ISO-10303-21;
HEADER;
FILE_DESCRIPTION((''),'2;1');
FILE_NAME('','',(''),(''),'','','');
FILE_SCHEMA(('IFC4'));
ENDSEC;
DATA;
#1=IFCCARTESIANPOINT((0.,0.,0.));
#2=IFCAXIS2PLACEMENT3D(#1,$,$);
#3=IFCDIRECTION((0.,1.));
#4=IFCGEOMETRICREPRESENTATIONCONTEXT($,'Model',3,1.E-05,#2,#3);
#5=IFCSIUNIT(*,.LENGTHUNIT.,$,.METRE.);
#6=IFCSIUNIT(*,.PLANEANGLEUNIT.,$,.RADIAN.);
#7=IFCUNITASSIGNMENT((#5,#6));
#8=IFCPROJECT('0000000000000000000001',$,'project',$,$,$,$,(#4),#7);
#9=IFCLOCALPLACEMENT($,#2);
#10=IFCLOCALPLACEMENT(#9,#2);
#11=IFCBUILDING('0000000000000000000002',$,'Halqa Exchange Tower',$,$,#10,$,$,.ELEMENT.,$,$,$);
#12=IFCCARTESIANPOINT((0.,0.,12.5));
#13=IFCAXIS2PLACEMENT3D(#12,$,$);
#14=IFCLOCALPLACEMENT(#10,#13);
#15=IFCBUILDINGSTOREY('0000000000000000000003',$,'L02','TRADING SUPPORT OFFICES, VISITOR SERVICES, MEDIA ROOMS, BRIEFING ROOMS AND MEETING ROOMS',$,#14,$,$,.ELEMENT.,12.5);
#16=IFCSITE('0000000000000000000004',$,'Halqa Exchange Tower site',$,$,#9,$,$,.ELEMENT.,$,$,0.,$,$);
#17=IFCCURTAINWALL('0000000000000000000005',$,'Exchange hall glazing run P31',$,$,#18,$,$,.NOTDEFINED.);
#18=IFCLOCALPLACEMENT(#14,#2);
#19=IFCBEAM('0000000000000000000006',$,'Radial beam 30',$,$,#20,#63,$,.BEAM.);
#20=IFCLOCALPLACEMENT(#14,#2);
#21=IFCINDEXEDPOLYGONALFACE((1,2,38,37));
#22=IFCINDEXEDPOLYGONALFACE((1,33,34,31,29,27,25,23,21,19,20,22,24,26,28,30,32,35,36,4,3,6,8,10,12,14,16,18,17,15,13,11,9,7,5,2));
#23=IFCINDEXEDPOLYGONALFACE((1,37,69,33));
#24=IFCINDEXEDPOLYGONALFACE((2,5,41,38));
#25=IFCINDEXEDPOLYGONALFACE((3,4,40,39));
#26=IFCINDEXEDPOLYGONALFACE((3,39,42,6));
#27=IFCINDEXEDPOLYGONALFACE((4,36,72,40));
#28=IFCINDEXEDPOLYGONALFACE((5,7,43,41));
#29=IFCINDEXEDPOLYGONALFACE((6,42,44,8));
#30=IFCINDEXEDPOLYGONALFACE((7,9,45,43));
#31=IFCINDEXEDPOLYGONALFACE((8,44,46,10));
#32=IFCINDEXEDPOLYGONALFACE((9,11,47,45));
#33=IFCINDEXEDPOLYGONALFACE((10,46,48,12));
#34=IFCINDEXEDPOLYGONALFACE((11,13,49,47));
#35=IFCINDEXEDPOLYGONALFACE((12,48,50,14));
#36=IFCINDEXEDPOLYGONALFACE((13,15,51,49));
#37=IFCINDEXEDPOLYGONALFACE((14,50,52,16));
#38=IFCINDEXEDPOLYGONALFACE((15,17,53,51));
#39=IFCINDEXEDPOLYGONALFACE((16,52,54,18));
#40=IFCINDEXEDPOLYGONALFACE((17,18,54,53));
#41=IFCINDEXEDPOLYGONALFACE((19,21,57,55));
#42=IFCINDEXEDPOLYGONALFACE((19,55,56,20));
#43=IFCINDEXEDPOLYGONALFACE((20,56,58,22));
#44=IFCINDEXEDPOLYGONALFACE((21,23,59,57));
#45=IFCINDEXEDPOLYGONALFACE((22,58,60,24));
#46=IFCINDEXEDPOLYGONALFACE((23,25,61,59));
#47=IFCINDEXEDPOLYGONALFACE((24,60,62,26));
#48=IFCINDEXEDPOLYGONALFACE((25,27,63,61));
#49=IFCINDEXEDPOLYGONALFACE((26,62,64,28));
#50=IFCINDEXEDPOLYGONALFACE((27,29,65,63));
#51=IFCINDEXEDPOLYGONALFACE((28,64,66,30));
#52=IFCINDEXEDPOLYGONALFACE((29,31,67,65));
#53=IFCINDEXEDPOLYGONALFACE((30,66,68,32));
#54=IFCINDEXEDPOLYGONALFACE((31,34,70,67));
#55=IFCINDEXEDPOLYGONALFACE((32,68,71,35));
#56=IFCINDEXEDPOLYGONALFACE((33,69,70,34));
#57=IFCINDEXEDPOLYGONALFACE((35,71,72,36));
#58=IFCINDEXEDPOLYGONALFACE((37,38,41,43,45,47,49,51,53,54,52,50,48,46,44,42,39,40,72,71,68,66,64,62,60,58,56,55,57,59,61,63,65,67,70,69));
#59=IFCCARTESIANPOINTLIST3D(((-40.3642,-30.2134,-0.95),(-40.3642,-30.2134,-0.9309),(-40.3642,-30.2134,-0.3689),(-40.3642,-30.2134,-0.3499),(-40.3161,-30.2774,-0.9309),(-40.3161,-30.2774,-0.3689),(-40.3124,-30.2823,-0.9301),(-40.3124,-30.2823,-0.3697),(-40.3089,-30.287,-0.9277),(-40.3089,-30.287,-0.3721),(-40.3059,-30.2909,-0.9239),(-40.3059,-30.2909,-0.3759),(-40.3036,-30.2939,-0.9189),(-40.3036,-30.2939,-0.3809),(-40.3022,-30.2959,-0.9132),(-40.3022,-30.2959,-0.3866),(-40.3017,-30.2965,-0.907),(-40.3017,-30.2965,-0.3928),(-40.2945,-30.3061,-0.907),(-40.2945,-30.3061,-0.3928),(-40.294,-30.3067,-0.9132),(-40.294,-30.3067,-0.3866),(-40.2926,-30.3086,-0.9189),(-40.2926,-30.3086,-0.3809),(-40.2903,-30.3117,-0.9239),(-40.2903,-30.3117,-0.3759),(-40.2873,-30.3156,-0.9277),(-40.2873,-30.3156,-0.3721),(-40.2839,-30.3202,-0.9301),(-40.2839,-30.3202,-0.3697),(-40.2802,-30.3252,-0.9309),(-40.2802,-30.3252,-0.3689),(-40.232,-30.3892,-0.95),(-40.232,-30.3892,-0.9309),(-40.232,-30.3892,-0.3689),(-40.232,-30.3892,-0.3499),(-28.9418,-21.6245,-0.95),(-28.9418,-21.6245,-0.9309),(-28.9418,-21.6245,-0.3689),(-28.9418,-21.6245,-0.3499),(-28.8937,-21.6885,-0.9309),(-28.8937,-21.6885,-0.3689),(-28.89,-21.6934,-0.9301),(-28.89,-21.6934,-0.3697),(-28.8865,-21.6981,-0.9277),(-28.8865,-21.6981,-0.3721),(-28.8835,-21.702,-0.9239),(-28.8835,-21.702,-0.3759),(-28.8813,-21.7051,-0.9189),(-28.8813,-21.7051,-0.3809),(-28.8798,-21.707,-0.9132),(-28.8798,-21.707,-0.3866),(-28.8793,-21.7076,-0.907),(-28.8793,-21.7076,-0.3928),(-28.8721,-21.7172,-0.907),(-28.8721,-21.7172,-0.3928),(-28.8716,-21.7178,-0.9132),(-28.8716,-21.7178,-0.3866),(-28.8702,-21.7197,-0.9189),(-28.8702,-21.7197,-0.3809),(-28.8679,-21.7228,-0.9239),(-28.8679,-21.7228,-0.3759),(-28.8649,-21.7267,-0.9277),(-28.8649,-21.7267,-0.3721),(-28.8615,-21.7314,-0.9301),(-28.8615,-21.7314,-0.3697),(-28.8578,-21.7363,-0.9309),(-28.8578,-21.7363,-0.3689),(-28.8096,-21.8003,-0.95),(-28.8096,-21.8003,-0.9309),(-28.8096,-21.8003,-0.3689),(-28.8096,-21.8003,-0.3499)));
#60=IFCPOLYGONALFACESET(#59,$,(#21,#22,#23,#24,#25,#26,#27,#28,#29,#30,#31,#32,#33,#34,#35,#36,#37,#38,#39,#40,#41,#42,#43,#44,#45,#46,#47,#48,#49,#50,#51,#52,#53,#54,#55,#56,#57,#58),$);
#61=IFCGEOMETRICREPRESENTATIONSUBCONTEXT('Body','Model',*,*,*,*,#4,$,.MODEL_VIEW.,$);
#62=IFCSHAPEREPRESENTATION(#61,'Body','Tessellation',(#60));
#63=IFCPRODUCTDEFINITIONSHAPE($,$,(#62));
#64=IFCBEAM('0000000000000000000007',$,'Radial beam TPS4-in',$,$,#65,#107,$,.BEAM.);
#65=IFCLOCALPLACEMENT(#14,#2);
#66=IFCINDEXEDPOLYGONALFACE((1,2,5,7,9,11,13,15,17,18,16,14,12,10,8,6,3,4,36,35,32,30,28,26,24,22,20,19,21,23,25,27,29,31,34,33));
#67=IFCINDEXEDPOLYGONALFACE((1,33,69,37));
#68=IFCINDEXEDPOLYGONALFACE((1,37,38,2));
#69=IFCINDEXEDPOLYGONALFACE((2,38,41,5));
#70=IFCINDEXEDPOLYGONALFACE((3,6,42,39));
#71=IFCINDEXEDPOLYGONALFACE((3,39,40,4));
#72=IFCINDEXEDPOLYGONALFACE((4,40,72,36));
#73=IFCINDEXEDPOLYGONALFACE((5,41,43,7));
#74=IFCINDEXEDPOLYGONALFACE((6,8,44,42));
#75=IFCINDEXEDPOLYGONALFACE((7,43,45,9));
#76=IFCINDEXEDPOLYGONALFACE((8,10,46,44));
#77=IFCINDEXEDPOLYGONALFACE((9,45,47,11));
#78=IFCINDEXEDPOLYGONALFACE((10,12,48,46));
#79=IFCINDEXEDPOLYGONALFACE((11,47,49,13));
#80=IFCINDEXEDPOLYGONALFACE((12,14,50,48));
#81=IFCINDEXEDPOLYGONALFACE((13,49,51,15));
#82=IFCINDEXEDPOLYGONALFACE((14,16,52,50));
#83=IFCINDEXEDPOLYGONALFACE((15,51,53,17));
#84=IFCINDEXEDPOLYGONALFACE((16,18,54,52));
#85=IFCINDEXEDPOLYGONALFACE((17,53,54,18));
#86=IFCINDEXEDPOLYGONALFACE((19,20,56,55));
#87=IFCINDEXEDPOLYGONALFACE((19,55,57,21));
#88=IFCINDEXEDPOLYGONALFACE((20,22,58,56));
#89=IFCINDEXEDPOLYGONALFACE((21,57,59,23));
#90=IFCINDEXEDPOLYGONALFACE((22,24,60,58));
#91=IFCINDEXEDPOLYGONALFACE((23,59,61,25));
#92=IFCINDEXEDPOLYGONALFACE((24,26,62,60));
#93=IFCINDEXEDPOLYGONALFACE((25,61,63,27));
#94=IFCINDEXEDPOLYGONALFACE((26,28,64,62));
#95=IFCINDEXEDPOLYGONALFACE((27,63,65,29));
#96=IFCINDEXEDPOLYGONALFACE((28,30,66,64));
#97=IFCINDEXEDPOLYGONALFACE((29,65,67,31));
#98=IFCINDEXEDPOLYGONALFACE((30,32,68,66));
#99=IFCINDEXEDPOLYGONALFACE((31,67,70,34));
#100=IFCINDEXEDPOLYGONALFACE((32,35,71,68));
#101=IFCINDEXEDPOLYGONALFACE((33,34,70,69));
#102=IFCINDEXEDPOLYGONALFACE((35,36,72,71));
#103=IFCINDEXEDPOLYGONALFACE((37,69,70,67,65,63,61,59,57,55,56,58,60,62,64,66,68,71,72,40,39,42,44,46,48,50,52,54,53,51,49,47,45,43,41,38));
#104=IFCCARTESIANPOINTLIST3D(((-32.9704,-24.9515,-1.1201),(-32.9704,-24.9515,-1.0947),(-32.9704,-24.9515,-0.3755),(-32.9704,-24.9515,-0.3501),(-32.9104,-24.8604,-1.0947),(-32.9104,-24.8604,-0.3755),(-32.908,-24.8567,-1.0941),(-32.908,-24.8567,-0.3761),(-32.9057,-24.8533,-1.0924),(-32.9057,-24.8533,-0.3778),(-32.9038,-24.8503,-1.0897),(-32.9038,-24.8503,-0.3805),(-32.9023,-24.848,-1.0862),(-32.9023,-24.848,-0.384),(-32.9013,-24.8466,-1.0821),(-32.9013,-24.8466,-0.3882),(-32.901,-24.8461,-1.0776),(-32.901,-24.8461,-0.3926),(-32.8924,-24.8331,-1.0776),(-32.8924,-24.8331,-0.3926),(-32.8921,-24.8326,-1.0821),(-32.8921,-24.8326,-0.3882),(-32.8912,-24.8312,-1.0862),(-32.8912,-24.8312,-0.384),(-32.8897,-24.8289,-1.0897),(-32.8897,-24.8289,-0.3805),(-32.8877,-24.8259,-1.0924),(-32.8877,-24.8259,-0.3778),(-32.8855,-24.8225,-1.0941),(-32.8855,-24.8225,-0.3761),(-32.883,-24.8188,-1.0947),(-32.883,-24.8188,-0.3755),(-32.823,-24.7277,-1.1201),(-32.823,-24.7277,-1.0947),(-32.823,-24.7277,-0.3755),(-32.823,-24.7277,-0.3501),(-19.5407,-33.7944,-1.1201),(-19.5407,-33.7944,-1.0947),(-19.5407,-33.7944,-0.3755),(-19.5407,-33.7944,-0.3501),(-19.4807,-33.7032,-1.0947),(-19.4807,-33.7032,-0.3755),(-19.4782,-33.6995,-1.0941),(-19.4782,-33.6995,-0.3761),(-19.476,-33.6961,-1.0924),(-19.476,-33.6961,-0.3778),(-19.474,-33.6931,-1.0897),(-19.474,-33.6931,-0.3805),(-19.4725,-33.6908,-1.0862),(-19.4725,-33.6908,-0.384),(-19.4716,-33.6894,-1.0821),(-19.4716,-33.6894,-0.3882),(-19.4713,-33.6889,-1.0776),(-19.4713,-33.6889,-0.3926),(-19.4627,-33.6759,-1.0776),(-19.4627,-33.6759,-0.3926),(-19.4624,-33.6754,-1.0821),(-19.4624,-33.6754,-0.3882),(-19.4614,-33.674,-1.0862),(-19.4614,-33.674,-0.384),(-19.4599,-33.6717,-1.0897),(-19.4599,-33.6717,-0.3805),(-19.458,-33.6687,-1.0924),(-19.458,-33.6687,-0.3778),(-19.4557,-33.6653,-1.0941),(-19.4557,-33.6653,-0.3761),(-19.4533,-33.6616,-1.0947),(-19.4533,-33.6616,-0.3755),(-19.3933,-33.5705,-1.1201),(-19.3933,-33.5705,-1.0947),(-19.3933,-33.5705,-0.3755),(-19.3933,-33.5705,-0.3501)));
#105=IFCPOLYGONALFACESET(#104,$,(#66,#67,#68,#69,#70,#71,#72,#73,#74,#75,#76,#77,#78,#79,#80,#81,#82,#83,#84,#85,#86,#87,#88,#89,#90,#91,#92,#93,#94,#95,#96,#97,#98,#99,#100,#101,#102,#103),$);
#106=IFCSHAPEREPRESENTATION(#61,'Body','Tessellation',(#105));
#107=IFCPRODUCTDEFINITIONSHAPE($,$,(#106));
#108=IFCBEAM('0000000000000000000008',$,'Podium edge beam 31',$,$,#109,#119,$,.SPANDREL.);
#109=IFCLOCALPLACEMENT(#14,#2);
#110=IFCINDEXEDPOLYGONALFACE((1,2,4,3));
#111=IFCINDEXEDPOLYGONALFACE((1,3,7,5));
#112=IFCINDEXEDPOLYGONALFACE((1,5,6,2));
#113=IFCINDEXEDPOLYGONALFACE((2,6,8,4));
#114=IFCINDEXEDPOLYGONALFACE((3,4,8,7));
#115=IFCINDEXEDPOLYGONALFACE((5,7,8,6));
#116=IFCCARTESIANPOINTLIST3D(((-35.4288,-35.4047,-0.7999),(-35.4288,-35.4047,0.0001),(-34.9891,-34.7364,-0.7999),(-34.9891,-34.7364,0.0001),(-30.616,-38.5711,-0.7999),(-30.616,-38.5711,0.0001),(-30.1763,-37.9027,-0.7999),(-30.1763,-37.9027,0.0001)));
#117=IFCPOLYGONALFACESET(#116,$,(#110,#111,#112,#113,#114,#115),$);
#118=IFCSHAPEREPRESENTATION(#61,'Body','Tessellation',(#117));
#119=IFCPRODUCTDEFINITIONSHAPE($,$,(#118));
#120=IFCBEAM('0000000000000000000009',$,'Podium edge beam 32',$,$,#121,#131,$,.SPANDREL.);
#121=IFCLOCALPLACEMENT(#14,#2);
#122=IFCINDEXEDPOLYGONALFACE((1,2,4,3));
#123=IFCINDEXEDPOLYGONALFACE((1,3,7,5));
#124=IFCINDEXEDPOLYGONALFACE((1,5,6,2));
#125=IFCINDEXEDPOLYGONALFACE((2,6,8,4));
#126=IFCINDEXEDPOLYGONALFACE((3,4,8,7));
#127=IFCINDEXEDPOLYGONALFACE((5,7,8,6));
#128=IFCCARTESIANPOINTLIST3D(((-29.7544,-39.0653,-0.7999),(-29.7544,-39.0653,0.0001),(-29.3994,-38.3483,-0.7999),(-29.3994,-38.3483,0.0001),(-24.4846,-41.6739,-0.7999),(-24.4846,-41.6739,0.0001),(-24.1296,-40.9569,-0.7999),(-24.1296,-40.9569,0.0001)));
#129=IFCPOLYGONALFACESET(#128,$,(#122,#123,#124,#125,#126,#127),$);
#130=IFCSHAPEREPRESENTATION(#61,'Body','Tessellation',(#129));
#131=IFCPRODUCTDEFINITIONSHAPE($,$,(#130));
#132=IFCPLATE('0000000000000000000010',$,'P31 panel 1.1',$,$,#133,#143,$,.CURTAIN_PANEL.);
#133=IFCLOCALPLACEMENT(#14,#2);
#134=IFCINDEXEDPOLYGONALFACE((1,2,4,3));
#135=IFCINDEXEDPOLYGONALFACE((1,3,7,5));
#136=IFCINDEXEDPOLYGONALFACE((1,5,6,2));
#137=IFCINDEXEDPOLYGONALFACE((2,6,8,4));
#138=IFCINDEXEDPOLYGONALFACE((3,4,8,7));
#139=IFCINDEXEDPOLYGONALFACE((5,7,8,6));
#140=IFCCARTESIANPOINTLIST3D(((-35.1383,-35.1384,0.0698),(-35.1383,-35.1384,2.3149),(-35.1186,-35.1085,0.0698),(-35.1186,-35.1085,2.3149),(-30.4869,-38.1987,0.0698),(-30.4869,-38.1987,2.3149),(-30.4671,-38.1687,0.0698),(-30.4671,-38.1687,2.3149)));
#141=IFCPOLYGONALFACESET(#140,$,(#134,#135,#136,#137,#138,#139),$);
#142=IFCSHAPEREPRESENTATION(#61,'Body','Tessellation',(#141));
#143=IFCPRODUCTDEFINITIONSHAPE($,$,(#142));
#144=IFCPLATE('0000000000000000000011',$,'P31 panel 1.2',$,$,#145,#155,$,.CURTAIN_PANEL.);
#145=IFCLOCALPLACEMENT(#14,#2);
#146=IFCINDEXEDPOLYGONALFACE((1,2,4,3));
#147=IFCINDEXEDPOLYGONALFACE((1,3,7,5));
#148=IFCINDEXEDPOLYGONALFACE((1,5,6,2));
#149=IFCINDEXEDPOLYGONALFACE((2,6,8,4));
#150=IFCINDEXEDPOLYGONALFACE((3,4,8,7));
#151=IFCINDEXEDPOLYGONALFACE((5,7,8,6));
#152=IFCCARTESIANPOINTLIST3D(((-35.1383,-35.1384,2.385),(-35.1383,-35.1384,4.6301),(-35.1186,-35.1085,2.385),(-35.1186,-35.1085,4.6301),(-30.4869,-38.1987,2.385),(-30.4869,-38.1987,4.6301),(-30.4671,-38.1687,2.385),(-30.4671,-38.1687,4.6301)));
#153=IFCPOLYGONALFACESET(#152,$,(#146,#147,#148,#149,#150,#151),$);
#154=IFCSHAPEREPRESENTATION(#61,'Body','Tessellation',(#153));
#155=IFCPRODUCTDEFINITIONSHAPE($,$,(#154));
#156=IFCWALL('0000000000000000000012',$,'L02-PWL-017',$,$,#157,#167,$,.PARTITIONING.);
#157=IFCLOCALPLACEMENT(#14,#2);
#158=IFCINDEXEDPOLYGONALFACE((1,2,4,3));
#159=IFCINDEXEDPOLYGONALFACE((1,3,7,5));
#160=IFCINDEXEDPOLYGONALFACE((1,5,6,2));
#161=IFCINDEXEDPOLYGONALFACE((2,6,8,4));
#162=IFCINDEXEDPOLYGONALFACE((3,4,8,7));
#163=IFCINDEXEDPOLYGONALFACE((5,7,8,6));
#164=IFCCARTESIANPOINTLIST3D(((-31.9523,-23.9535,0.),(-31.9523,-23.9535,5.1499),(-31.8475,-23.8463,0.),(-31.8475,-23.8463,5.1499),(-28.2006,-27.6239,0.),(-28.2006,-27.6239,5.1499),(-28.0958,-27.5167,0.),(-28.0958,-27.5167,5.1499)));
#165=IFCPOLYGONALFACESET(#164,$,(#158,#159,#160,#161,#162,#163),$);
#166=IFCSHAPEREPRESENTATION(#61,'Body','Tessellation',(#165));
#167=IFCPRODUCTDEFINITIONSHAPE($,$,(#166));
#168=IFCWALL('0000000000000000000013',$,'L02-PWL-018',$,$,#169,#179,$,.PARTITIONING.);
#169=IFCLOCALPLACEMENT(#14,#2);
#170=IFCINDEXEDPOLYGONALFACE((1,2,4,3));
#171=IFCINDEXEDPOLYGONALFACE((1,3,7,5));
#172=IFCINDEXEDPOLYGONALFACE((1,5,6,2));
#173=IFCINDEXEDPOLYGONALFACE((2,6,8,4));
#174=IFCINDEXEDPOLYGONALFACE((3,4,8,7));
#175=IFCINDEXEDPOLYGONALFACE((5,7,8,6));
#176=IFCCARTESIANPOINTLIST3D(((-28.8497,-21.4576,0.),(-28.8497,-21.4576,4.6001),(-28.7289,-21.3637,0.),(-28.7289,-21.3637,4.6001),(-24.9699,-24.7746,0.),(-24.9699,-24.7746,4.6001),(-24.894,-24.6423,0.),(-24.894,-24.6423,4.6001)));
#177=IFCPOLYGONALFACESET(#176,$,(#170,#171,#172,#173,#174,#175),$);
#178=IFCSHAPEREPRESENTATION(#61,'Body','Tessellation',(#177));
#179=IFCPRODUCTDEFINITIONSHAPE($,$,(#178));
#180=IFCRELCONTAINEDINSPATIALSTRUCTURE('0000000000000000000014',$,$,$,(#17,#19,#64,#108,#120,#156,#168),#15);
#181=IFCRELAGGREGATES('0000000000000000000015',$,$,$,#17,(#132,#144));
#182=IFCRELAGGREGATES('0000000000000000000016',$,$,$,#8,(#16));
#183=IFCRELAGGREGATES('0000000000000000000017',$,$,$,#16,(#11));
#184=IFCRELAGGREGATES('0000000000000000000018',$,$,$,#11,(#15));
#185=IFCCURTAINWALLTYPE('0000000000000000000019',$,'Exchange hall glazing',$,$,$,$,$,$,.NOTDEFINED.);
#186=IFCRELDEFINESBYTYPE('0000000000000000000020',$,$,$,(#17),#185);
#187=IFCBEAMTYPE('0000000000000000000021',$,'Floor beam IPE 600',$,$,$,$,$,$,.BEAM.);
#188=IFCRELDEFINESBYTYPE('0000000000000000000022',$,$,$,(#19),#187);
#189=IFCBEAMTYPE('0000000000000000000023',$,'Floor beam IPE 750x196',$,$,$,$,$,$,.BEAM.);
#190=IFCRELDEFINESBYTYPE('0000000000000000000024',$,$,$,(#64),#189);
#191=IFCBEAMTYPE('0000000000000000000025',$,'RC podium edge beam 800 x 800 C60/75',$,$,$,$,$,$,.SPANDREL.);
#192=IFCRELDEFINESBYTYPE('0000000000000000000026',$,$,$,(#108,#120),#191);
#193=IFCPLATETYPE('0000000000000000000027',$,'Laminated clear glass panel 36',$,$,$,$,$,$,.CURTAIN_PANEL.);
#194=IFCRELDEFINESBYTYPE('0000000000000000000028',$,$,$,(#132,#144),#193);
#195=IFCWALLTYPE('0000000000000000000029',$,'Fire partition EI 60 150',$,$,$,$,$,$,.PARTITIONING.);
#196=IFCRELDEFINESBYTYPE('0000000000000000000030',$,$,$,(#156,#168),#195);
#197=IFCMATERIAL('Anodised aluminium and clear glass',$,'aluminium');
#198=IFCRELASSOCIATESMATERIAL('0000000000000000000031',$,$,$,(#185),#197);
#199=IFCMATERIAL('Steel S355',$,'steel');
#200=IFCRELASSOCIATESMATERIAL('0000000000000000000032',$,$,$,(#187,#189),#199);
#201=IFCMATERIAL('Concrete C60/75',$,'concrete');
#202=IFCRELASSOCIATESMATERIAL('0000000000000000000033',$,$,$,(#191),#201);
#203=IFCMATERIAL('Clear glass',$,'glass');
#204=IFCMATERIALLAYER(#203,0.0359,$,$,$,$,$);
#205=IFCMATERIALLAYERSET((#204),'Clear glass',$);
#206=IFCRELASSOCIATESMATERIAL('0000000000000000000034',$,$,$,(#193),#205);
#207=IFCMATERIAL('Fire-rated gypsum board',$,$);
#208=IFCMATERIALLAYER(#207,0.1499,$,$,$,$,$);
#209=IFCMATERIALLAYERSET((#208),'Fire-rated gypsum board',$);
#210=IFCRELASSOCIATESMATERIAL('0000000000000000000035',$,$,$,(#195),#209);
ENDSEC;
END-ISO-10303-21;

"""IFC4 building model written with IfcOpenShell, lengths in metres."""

from ifc_helpers import new_model, si_unit, direction, frame, frame_2d, origin, origin_2d, place, context, subcontext, project, spatial, polyline, rectangle, i_section, outline, extrude, material, layer, layer_set, material_profile, profile_set, type_object, element, aggregate, save


model = new_model("IFC4")

# Units and contexts
model_context = context("Model", 3, precision=1e-05, world=origin(), true_north=direction((0.0, 1.0)))
body_context = subcontext(model_context, "Body", "Model", "MODEL_VIEW")
ifc_project = project(units=[si_unit("LENGTHUNIT", "METRE"), si_unit("PLANEANGLEUNIT", "RADIAN")], contexts=[model_context])

# Site, building, storey
site_placement = place(None, origin())
site = spatial("IfcSite", under=ifc_project, at=site_placement, Name="Halqa Exchange Tower site", CompositionType="ELEMENT", RefElevation=0.0)
building_placement = place(site_placement, origin())
building = spatial("IfcBuilding", under=site, at=building_placement, Name="Halqa Exchange Tower", CompositionType="ELEMENT")
storey_placement = place(building_placement, frame((0.0, 0.0, 12.5)))
storey = spatial("IfcBuildingStorey", under=building, at=storey_placement, Name="L02", Description="TRADING SUPPORT OFFICES, VISITOR SERVICES, MEDIA ROOMS, BRIEFING ROOMS AND MEETING ROOMS", CompositionType="ELEMENT", Elevation=12.5)

# Shared definitions
ifc_material_1 = material(Name="Concrete C60/75", Category="concrete")

# Curtain wall
ifc_material_2 = material(Name="Anodised aluminium and clear glass", Category="aluminium")
curtain_wall_type = type_object("IfcCurtainWallType", Name="Exchange hall glazing", PredefinedType="NOTDEFINED", material=ifc_material_2)
curtain_wall_1_placement = place(storey_placement, origin())
curtain_wall_1 = element("IfcCurtainWall", 1, at=curtain_wall_1_placement, inside=storey, type_object=curtain_wall_type, Name="Exchange hall glazing run P31", PredefinedType="NOTDEFINED")

# Beams
ifc_material_3 = material(Name="Steel S355", Category="steel")
ifc_material_profile_1 = material_profile(ifc_material_3, i_section(OverallWidth=0.22, OverallDepth=0.6001, WebThickness=0.012, FlangeThickness=0.019, FilletRadius=0.0239, at=origin_2d()), Name="IPE 600")
ifc_profile_set_1 = profile_set([ifc_material_profile_1], Name="Steel S355")
beam_type_1 = type_object("IfcBeamType", Name="Floor beam IPE 600", PredefinedType="BEAM", material=ifc_profile_set_1)
beam_1_placement = place(storey_placement, frame((-28.8757, -21.7124, -0.6499), z_axis=(-0.799257, -0.600989, 0.0), x_axis=(0.600989, -0.799257, 0.0)))
element("IfcBeam", 2, at=beam_1_placement, inside=storey, type_object=beam_type_1, Name="Radial beam 30", PredefinedType="BEAM", context=body_context, shape_type="SweptSolid", body=[
    extrude(i_section(OverallWidth=0.22, OverallDepth=0.6001, WebThickness=0.012, FlangeThickness=0.019, FilletRadius=0.0239, at=origin_2d()), origin(), (0.0, 0.0, 1.0), 14.2913),
])
ifc_material_profile_2 = material_profile(ifc_material_3, i_section(OverallWidth=0.2681, OverallDepth=0.77, WebThickness=0.0156, FlangeThickness=0.0254, FilletRadius=0.0171, at=origin_2d()), Name="IPE 750x196")
ifc_profile_set_2 = profile_set([ifc_material_profile_2], Name="Steel S355")
beam_type_2 = type_object("IfcBeamType", Name="Floor beam IPE 750x196", PredefinedType="BEAM", material=ifc_profile_set_2)
beam_2_placement = place(storey_placement, frame((-32.8967, -24.8396, -0.7351), z_axis=(0.835204, -0.54994, 0.0), x_axis=(0.54994, 0.835204, 0.0)))
element("IfcBeam", 3, at=beam_2_placement, inside=storey, type_object=beam_type_2, Name="Radial beam TPS4-in", PredefinedType="BEAM", context=body_context, shape_type="SweptSolid", body=[
    extrude(i_section(OverallWidth=0.2681, OverallDepth=0.77, WebThickness=0.0156, FlangeThickness=0.0254, FilletRadius=0.0171, at=origin_2d()), origin(), (0.0, 0.0, 1.0), 16.0796),
])
ifc_material_profile_3 = material_profile(ifc_material_1, rectangle(XDim=0.8, YDim=0.8, at=origin_2d()), Name="800 x 800")
ifc_profile_set_3 = profile_set([ifc_material_profile_3], Name="Concrete C60/75")
beam_type_3 = type_object("IfcBeamType", Name="RC podium edge beam 800 x 800 C60/75", PredefinedType="SPANDREL", material=ifc_profile_set_3)
beam_3_placement = place(storey_placement, frame((-35.209, -35.0706, -0.3999), z_axis=(0.835419, -0.549614, 0.0), x_axis=(0.549614, 0.835419, 0.0)))
element("IfcBeam", 4, at=beam_3_placement, inside=storey, type_object=beam_type_3, Name="Podium edge beam 31", PredefinedType="SPANDREL", context=body_context, shape_type="SweptSolid", body=[
    extrude(rectangle(XDim=0.8, YDim=0.8, at=origin_2d()), origin(), (0.0, 0.0, 1.0), 5.761),
])
beam_4_placement = place(storey_placement, frame((-29.5769, -38.7068, -0.3999), z_axis=(0.896205, -0.443639, 0.0), x_axis=(0.443639, 0.896205, 0.0)))
element("IfcBeam", 5, at=beam_4_placement, inside=storey, type_object=beam_type_3, Name="Podium edge beam 32", PredefinedType="SPANDREL", context=body_context, shape_type="SweptSolid", body=[
    extrude(rectangle(XDim=0.8, YDim=0.8, at=origin_2d()), origin(), (0.0, 0.0, 1.0), 5.8801),
])

# Plates
ifc_material_4 = material(Name="Clear glass", Category="glass")
ifc_layer_1 = layer(ifc_material_4, 0.0359)
ifc_layer_set_1 = layer_set([ifc_layer_1], Name="Clear glass")
plate_type = type_object("IfcPlateType", Name="Laminated clear glass panel 36", PredefinedType="CURTAIN_PANEL", material=ifc_layer_set_1)
plate_1_placement = place(storey_placement, frame((-32.8027, -36.6536, 0.0698), z_axis=(0.0, 0.0, 1.0), x_axis=(0.835415, -0.54962, 0.0)))
plate_1 = element("IfcPlate", 6, at=plate_1_placement, type_object=plate_type, Name="P31 panel 1.1", PredefinedType="CURTAIN_PANEL", context=body_context, shape_type="SweptSolid", body=[
    extrude(rectangle(XDim=5.5679, YDim=0.0359, at=origin_2d()), origin(), (0.0, 0.0, 1.0), 2.2451),
])
plate_2_placement = place(storey_placement, frame((-32.8027, -36.6536, 2.385), z_axis=(0.0, 0.0, 1.0), x_axis=(0.835415, -0.54962, 0.0)))
plate_2 = element("IfcPlate", 7, at=plate_2_placement, type_object=plate_type, Name="P31 panel 1.2", PredefinedType="CURTAIN_PANEL", context=body_context, shape_type="SweptSolid", body=[
    extrude(rectangle(XDim=5.5679, YDim=0.0359, at=origin_2d()), origin(), (0.0, 0.0, 1.0), 2.2451),
])
aggregate(curtain_wall_1, [plate_1, plate_2])

# Walls
ifc_material_5 = material(Name="Fire-rated gypsum board")
ifc_layer_2 = layer(ifc_material_5, 0.1499)
ifc_layer_set_2 = layer_set([ifc_layer_2], Name="Fire-rated gypsum board")
wall_type_1 = type_object("IfcWallType", Name="Fire partition EI 60 150", PredefinedType="PARTITIONING", material=ifc_layer_set_2)
wall_1_placement = place(storey_placement, frame((-31.8999, -23.8999, 0.0), z_axis=(0.0, 0.0, 1.0), x_axis=(0.714809, -0.699319, 0.0)))
element("IfcWall", 8, at=wall_1_placement, inside=storey, type_object=wall_type_1, Name="L02-PWL-017", PredefinedType="PARTITIONING", context=body_context, shape_type="SweptSolid", body=[
    extrude(rectangle(XDim=5.2485, YDim=0.1499, at=frame_2d((2.6243, 0.0))), origin(), (0.0, 0.0, 1.0), 5.1499),
])
wall_2_placement = place(storey_placement, frame((-28.7893, -21.4106, 0.0), z_axis=(0.0, 0.0, 1.0), x_axis=(0.760085, -0.649824, 0.0)))
element("IfcWall", 9, at=wall_2_placement, inside=storey, type_object=wall_type_1, Name="L02-PWL-018", PredefinedType="PARTITIONING", context=body_context, shape_type="SweptSolid", body=[
    extrude(outline(polyline([(-0.0154, -0.075), (5.0891, -0.075), (5.0608, 0.075), (0.0154, 0.075), (-0.0154, -0.075)])), origin(), (0.0, 0.0, 1.0), 4.6001),
])

save(model, "model.ifc")
